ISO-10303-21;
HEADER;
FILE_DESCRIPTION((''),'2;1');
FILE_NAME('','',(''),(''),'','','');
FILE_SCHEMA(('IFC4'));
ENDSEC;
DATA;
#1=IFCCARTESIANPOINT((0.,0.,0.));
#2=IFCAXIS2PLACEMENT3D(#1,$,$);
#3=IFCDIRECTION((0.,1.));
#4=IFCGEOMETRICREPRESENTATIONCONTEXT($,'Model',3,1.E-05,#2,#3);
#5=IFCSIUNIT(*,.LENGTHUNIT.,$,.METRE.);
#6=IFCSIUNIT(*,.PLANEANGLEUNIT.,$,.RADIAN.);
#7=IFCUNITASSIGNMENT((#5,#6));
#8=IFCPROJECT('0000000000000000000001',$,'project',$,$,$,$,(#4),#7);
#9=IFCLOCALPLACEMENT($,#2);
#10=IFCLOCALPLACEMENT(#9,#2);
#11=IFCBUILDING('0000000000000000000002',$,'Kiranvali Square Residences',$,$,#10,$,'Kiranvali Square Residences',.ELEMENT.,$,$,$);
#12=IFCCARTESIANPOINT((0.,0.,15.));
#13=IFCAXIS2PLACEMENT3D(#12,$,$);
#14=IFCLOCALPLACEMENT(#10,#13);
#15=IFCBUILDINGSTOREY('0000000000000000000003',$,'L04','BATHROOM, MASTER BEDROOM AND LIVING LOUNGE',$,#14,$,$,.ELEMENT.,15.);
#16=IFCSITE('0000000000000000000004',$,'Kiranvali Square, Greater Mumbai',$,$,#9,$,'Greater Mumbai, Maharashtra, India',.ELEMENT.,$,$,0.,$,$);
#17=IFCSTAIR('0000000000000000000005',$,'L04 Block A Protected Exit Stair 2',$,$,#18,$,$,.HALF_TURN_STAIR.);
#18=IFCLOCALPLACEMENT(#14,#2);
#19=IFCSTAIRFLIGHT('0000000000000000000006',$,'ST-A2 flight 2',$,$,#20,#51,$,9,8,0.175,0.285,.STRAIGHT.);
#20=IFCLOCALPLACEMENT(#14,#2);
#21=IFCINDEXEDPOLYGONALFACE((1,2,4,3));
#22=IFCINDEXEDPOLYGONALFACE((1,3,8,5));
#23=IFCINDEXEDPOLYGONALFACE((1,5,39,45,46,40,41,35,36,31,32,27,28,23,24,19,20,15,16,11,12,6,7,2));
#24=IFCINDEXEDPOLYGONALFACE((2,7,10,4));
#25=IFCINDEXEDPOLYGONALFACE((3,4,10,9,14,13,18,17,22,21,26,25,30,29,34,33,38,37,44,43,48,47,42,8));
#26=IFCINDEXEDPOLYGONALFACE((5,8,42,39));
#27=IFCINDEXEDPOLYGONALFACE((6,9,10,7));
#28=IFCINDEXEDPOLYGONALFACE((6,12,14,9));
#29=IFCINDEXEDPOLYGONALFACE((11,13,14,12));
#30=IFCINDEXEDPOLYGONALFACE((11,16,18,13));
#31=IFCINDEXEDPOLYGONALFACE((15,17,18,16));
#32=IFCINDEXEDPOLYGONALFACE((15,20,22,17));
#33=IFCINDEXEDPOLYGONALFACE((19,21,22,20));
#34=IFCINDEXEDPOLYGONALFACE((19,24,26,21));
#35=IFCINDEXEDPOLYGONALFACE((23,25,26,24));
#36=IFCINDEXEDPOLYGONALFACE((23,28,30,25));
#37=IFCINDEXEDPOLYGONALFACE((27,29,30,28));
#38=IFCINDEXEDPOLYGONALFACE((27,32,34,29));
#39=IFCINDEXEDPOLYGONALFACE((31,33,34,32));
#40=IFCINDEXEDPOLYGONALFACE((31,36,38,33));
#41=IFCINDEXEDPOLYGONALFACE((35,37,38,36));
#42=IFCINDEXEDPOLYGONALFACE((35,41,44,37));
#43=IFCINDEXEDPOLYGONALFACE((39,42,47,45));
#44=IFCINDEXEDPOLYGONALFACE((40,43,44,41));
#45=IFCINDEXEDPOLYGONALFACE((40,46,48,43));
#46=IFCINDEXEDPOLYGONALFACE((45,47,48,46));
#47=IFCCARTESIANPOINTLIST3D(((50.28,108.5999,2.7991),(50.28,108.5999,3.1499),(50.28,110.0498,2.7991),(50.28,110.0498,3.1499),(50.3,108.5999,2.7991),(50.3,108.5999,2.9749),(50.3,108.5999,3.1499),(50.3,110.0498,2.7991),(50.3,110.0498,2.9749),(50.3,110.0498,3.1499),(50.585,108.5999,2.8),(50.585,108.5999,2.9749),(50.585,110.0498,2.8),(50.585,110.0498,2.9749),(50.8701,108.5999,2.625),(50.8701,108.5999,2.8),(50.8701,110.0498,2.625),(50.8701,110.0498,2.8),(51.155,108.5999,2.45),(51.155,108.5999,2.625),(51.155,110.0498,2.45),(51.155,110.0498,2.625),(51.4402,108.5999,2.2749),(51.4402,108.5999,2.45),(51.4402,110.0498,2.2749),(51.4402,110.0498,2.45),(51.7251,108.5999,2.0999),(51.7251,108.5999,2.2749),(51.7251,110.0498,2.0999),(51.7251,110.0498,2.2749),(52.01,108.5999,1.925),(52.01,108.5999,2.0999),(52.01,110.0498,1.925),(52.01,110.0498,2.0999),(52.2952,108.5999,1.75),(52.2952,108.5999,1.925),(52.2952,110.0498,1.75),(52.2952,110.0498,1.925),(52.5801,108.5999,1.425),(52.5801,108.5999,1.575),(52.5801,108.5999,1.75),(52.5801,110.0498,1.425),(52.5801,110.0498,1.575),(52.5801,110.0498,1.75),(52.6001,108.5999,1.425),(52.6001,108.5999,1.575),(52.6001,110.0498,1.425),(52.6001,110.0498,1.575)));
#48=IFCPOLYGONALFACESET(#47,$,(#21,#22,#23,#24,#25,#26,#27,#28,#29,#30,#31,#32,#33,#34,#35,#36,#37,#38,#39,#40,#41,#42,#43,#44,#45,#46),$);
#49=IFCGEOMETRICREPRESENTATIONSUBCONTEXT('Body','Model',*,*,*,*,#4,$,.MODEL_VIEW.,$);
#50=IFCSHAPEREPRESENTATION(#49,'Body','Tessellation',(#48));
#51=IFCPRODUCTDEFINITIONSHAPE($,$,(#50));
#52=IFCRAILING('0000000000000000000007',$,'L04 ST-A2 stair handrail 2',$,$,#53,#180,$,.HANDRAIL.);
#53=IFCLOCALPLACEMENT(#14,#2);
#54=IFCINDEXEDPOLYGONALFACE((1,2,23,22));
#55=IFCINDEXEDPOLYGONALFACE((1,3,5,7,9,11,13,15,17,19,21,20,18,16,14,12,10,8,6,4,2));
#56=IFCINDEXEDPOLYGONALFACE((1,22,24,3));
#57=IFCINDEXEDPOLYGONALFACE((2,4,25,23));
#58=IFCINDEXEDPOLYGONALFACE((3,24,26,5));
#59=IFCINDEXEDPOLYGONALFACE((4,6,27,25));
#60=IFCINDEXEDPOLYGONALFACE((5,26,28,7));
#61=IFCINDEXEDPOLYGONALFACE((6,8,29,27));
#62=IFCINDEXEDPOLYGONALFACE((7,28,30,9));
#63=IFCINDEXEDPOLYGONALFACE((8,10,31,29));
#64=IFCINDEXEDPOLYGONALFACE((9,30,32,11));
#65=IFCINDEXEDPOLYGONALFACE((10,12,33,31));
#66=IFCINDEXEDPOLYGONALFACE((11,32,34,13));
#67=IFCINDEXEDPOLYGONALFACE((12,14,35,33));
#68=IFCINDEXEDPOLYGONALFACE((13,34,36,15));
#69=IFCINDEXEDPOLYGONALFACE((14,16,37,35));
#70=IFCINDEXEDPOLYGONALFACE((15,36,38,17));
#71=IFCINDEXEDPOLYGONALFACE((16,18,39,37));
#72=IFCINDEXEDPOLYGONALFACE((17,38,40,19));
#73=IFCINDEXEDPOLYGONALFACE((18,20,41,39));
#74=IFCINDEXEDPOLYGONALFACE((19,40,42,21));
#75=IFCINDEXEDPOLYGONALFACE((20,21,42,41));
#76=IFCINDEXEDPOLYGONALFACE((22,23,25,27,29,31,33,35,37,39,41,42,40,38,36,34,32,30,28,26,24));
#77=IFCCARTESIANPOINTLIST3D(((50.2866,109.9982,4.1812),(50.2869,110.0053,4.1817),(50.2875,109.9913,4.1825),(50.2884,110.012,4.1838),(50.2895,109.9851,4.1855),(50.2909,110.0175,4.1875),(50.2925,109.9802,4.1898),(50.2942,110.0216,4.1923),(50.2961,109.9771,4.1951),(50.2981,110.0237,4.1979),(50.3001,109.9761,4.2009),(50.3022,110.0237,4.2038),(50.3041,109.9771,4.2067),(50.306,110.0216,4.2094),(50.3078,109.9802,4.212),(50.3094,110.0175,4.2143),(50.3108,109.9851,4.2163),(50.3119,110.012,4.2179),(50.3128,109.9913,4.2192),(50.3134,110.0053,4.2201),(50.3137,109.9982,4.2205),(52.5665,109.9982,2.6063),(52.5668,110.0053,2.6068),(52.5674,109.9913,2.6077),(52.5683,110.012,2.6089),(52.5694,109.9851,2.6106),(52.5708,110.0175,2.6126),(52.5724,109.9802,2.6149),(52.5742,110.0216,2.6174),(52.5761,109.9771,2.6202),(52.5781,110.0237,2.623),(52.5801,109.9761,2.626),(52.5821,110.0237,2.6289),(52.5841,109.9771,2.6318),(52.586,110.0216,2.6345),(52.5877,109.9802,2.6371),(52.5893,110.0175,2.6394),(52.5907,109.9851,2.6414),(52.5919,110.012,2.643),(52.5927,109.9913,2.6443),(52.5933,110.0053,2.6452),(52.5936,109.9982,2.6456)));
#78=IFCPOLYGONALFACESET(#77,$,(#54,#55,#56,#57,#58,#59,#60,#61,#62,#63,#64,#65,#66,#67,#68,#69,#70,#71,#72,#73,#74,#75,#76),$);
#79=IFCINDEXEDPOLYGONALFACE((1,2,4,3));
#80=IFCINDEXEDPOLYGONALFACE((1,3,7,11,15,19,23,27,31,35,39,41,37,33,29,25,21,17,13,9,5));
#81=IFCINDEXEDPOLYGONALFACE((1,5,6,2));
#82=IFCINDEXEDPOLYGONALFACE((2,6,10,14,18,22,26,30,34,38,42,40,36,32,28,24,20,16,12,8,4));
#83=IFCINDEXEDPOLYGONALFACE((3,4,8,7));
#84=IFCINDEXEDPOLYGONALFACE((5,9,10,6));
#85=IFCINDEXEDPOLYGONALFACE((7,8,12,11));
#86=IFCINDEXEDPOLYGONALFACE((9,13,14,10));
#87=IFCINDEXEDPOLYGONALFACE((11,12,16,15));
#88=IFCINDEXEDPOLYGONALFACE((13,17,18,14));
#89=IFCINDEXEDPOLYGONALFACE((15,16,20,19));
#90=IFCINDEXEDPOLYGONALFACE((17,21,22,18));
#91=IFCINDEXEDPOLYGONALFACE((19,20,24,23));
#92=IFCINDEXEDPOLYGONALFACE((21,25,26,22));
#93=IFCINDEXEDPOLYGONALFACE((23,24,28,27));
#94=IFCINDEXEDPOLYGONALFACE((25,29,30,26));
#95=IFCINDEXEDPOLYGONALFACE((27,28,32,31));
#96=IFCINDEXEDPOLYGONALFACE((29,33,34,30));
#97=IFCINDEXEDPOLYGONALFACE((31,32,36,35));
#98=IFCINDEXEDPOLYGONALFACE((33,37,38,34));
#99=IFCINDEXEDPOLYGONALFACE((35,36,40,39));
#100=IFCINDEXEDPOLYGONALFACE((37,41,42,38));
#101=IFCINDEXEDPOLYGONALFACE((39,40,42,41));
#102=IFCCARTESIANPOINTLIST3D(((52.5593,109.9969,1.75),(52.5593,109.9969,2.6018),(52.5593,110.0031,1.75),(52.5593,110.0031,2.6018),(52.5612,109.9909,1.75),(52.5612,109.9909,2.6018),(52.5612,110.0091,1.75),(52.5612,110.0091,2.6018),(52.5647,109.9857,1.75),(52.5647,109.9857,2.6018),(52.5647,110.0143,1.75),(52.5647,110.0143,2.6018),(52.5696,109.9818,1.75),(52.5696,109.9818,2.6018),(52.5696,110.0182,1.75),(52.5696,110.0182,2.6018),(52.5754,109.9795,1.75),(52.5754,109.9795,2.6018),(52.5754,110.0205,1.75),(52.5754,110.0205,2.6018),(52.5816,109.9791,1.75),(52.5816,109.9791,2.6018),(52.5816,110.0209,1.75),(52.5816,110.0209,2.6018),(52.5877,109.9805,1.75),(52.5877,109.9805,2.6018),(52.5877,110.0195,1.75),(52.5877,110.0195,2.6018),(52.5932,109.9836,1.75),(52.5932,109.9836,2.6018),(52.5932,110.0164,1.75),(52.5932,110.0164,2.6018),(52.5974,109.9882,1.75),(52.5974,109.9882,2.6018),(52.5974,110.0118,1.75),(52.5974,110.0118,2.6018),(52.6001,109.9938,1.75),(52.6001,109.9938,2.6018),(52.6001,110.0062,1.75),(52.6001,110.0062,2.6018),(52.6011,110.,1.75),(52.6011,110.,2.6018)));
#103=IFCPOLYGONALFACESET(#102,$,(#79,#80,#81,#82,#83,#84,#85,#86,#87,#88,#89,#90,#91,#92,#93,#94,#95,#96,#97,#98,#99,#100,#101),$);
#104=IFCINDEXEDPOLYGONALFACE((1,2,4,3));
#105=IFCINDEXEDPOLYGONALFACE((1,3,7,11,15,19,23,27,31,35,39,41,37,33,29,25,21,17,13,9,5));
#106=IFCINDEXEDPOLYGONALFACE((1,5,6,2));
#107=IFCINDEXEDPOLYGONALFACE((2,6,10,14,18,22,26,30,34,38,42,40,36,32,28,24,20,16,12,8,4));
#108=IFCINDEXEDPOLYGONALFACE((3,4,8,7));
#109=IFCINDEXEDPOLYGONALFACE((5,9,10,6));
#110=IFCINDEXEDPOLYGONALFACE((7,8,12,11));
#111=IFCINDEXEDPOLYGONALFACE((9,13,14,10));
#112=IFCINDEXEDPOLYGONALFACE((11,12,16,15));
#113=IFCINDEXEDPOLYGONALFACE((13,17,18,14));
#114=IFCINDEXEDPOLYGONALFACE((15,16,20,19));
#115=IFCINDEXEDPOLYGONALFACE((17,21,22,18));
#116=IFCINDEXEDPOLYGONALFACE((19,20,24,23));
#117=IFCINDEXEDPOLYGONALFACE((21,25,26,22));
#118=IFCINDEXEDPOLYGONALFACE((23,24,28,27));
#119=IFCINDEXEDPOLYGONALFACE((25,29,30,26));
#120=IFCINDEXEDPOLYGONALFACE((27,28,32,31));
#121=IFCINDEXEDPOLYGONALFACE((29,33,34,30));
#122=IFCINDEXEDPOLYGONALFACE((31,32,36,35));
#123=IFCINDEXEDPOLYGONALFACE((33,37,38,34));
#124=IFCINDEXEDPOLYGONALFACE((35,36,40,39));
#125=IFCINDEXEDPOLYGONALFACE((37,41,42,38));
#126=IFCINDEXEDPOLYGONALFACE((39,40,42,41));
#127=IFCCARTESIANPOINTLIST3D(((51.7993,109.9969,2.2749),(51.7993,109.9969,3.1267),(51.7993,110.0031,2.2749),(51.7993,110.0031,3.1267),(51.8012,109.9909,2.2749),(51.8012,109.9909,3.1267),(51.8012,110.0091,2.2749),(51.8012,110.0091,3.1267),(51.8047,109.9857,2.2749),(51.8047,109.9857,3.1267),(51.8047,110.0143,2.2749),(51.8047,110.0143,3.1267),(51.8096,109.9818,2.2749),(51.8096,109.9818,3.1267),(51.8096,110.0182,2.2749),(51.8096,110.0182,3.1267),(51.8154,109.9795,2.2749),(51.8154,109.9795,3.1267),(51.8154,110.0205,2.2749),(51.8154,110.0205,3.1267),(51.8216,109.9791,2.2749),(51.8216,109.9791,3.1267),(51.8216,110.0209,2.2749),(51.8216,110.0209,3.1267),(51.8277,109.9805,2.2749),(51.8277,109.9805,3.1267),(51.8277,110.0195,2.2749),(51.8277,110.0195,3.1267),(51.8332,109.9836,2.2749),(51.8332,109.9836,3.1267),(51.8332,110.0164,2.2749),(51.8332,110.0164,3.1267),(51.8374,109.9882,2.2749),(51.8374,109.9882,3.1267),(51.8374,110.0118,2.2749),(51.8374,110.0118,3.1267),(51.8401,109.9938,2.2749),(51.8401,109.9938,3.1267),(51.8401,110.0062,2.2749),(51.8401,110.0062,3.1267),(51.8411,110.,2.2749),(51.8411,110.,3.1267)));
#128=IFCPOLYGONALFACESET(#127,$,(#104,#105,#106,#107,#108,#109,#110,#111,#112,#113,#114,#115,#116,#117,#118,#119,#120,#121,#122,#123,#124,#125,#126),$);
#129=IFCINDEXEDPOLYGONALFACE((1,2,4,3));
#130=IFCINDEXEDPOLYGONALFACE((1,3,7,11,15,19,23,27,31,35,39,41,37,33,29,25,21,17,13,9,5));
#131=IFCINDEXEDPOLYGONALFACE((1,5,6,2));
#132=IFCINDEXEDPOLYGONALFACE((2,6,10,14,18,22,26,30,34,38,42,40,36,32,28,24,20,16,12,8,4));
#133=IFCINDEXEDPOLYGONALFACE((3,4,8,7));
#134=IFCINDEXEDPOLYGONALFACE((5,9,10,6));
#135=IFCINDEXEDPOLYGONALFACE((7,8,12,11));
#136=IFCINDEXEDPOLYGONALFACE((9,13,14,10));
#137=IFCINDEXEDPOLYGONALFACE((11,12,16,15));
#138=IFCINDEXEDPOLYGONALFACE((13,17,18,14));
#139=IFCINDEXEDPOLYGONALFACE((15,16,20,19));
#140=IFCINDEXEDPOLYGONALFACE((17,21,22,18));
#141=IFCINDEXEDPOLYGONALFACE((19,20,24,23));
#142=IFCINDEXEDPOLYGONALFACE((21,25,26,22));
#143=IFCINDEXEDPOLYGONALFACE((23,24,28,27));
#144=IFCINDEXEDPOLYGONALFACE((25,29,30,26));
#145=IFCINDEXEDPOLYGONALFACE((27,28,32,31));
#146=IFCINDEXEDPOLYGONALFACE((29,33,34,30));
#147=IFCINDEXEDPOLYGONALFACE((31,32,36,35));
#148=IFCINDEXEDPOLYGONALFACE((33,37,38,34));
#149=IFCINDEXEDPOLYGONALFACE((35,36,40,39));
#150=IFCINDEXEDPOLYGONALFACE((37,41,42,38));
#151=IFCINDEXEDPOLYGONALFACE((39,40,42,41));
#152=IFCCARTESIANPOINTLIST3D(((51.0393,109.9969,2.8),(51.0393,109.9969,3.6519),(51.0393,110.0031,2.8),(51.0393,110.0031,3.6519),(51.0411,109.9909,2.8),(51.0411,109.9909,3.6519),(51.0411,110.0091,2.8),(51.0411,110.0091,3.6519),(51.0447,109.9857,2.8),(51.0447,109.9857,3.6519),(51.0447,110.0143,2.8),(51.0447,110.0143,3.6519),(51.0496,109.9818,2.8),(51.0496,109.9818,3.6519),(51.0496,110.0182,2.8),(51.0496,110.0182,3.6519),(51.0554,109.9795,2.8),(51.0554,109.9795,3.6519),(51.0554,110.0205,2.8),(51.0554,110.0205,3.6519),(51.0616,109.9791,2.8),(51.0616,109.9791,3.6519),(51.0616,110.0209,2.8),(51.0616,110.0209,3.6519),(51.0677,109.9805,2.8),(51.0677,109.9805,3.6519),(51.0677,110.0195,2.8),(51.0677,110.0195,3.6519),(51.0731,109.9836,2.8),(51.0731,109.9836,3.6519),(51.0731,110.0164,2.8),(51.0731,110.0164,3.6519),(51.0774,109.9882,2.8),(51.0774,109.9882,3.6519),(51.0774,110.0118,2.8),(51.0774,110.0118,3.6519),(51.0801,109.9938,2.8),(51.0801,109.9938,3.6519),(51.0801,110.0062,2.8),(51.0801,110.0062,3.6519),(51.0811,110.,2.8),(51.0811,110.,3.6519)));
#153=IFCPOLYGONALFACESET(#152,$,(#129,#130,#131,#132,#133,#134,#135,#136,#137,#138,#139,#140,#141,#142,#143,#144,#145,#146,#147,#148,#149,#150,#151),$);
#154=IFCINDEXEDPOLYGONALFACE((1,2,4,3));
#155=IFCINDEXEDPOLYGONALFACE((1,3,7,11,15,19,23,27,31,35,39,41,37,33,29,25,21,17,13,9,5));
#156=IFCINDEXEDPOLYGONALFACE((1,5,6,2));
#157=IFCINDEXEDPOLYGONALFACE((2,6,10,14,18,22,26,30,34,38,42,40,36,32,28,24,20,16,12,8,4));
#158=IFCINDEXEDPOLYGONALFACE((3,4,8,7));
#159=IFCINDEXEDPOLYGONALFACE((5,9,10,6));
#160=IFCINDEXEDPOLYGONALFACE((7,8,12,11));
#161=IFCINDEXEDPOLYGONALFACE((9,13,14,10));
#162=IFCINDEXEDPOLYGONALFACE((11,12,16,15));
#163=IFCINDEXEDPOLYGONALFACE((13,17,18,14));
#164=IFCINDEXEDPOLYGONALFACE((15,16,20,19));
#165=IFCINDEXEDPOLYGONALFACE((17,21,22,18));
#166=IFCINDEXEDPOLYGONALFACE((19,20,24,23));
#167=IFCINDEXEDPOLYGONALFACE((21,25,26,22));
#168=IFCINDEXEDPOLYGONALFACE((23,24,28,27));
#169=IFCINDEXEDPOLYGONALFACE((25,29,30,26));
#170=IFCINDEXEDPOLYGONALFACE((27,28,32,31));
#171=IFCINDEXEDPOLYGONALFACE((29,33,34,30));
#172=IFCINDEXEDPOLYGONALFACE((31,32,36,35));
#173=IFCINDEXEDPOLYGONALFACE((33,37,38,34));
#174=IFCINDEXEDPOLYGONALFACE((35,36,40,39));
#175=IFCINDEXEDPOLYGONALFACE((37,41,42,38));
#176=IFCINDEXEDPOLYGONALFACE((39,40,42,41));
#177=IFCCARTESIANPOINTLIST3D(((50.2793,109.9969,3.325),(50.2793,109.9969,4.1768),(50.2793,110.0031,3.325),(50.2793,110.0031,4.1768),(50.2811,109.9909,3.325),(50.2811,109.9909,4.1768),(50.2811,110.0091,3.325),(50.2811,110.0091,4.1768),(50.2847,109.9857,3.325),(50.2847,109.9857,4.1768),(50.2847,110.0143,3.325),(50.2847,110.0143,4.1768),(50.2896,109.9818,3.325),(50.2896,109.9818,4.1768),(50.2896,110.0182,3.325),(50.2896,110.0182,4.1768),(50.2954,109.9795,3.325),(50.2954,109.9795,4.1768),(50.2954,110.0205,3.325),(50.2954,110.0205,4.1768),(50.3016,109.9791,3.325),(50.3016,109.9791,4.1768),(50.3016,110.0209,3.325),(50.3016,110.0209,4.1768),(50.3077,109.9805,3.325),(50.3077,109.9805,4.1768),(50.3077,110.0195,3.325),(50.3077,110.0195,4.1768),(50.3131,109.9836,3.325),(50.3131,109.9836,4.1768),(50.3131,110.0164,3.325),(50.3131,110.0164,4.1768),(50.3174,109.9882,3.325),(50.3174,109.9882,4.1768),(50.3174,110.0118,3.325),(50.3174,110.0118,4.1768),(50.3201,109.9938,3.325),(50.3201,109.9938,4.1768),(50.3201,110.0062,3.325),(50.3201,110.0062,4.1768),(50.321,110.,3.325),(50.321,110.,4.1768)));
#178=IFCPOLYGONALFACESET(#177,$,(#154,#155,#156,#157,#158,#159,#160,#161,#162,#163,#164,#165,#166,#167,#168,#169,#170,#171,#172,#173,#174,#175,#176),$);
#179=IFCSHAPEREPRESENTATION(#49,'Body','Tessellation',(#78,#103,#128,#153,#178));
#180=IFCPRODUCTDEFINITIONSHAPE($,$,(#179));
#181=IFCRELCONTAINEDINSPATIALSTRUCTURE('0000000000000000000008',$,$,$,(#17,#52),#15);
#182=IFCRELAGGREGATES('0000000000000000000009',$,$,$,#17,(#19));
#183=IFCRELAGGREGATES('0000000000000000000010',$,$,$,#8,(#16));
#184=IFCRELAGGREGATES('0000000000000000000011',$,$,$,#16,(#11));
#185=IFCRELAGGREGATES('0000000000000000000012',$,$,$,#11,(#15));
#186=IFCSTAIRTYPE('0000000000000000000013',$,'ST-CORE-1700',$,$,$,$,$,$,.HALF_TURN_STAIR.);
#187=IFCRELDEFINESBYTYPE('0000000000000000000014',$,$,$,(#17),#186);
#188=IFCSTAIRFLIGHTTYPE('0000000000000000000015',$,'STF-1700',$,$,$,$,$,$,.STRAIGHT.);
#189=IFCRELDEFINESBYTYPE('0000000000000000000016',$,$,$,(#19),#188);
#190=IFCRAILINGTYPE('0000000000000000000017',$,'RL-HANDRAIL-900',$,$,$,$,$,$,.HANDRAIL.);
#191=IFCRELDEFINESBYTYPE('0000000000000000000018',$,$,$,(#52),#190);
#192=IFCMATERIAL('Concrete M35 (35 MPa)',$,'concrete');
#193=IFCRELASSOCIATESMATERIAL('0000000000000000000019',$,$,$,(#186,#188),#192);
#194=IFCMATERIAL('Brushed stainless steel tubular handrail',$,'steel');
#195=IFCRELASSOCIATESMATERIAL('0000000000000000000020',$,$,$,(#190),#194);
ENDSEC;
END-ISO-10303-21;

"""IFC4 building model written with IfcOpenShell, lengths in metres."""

from ifc_helpers import new_model, si_unit, direction, frame, origin, origin_2d, place, context, subcontext, project, spatial, polyline, circle, outline, extrude, material, type_object, element, aggregate, save


model = new_model("IFC4")

# Units and contexts
model_context = context("Model", 3, precision=1e-05, world=origin(), true_north=direction((0.0, 1.0)))
body_context = subcontext(model_context, "Body", "Model", "MODEL_VIEW")
ifc_project = project(units=[si_unit("LENGTHUNIT", "METRE"), si_unit("PLANEANGLEUNIT", "RADIAN")], contexts=[model_context])

# Site, building, storey
site_placement = place(None, origin())
site = spatial("IfcSite", under=ifc_project, at=site_placement, Name="Kiranvali Square, Greater Mumbai", LongName="Greater Mumbai, Maharashtra, India", CompositionType="ELEMENT", RefElevation=0.0)
building_placement = place(site_placement, origin())
building = spatial("IfcBuilding", under=site, at=building_placement, Name="Kiranvali Square Residences", LongName="Kiranvali Square Residences", CompositionType="ELEMENT")
storey_placement = place(building_placement, frame((0.0, 0.0, 15.0)))
storey = spatial("IfcBuildingStorey", under=building, at=storey_placement, Name="L04", Description="BATHROOM, MASTER BEDROOM AND LIVING LOUNGE", CompositionType="ELEMENT", Elevation=15.0)

# Stair, stair flight
ifc_material_1 = material(Name="Concrete M35 (35 MPa)", Category="concrete")
stair_type = type_object("IfcStairType", Name="ST-CORE-1700", PredefinedType="HALF_TURN_STAIR", material=ifc_material_1)
stair_placement = place(storey_placement, origin())
stair = element("IfcStair", 1, at=stair_placement, inside=storey, type_object=stair_type, Name="L04 Block A Protected Exit Stair 2", PredefinedType="HALF_TURN_STAIR")
stair_flight_type = type_object("IfcStairFlightType", Name="STF-1700", PredefinedType="STRAIGHT", material=ifc_material_1)
stair_flight_placement = place(storey_placement, frame((52.5801, 109.325, 1.575), z_axis=(0.0, 0.0, 1.0), x_axis=(-1.0, 0.0, 0.0)))
stair_flight = element("IfcStairFlight", 2, at=stair_flight_placement, type_object=stair_flight_type, Name="ST-A2 flight 2", NumberOfRisers=9, NumberOfTreads=8, PredefinedType="STRAIGHT", RiserHeight=0.175, TreadLength=0.285, context=body_context, shape_type="SweptSolid", body=[
    extrude(outline(polyline([(-0.02, -0.1499), (-0.02, 0.0), (0.0, 0.0), (0.0, 0.175), (0.2849, 0.175), (0.2849, 0.3501), (0.5701, 0.3501), (0.5701, 0.5249), (0.855, 0.5249), (0.855, 0.7), (1.1399, 0.7), (1.1399, 0.875), (1.425, 0.875), (1.425, 1.05), (1.71, 1.05), (1.71, 1.2251), (1.9951, 1.2251), (1.9951, 1.3999), (2.28, 1.3999), (2.28, 1.575), (2.3, 1.575), (2.3, 1.2241), (2.28, 1.2241), (0.0, -0.1499), (-0.02, -0.1499)])), frame((0.0, 0.7251, 0.0), z_axis=(0.0, -1.0, 0.0), x_axis=(1.0, 0.0, 0.0)), (0.0, 0.0, 1.0), 1.45),
])
aggregate(stair, [stair_flight])

# Railing
ifc_material_2 = material(Name="Brushed stainless steel tubular handrail", Category="steel")
railing_type_1 = type_object("IfcRailingType", Name="RL-HANDRAIL-900", PredefinedType="HANDRAIL", material=ifc_material_2)
railing_1_placement = place(storey_placement, frame((52.5801, 110.0, 1.75)))
element("IfcRailing", 3, at=railing_1_placement, inside=storey, type_object=railing_type_1, Name="L04 ST-A2 stair handrail 2", PredefinedType="HANDRAIL", context=body_context, shape_type="SweptSolid", body=[
    extrude(circle(Radius=0.0239, at=origin_2d()), frame((0.0, 0.0, 0.876), z_axis=(-0.822788, 0.0, 0.568348), x_axis=(0.0, -1.0, 0.0)), (0.0, 0.0, 1.0), 2.771),
    extrude(circle(Radius=0.021, at=origin_2d()), origin(), (0.0, 0.0, 1.0), 0.8518),
    extrude(circle(Radius=0.021, at=origin_2d()), frame((-0.76, 0.0, 0.5249)), (0.0, 0.0, 1.0), 0.8518),
    extrude(circle(Radius=0.021, at=origin_2d()), frame((-1.52, 0.0, 1.05)), (0.0, 0.0, 1.0), 0.8518),
    extrude(circle(Radius=0.021, at=origin_2d()), frame((-2.28, 0.0, 1.575)), (0.0, 0.0, 1.0), 0.8518),
])

save(model, "model.ifc")
